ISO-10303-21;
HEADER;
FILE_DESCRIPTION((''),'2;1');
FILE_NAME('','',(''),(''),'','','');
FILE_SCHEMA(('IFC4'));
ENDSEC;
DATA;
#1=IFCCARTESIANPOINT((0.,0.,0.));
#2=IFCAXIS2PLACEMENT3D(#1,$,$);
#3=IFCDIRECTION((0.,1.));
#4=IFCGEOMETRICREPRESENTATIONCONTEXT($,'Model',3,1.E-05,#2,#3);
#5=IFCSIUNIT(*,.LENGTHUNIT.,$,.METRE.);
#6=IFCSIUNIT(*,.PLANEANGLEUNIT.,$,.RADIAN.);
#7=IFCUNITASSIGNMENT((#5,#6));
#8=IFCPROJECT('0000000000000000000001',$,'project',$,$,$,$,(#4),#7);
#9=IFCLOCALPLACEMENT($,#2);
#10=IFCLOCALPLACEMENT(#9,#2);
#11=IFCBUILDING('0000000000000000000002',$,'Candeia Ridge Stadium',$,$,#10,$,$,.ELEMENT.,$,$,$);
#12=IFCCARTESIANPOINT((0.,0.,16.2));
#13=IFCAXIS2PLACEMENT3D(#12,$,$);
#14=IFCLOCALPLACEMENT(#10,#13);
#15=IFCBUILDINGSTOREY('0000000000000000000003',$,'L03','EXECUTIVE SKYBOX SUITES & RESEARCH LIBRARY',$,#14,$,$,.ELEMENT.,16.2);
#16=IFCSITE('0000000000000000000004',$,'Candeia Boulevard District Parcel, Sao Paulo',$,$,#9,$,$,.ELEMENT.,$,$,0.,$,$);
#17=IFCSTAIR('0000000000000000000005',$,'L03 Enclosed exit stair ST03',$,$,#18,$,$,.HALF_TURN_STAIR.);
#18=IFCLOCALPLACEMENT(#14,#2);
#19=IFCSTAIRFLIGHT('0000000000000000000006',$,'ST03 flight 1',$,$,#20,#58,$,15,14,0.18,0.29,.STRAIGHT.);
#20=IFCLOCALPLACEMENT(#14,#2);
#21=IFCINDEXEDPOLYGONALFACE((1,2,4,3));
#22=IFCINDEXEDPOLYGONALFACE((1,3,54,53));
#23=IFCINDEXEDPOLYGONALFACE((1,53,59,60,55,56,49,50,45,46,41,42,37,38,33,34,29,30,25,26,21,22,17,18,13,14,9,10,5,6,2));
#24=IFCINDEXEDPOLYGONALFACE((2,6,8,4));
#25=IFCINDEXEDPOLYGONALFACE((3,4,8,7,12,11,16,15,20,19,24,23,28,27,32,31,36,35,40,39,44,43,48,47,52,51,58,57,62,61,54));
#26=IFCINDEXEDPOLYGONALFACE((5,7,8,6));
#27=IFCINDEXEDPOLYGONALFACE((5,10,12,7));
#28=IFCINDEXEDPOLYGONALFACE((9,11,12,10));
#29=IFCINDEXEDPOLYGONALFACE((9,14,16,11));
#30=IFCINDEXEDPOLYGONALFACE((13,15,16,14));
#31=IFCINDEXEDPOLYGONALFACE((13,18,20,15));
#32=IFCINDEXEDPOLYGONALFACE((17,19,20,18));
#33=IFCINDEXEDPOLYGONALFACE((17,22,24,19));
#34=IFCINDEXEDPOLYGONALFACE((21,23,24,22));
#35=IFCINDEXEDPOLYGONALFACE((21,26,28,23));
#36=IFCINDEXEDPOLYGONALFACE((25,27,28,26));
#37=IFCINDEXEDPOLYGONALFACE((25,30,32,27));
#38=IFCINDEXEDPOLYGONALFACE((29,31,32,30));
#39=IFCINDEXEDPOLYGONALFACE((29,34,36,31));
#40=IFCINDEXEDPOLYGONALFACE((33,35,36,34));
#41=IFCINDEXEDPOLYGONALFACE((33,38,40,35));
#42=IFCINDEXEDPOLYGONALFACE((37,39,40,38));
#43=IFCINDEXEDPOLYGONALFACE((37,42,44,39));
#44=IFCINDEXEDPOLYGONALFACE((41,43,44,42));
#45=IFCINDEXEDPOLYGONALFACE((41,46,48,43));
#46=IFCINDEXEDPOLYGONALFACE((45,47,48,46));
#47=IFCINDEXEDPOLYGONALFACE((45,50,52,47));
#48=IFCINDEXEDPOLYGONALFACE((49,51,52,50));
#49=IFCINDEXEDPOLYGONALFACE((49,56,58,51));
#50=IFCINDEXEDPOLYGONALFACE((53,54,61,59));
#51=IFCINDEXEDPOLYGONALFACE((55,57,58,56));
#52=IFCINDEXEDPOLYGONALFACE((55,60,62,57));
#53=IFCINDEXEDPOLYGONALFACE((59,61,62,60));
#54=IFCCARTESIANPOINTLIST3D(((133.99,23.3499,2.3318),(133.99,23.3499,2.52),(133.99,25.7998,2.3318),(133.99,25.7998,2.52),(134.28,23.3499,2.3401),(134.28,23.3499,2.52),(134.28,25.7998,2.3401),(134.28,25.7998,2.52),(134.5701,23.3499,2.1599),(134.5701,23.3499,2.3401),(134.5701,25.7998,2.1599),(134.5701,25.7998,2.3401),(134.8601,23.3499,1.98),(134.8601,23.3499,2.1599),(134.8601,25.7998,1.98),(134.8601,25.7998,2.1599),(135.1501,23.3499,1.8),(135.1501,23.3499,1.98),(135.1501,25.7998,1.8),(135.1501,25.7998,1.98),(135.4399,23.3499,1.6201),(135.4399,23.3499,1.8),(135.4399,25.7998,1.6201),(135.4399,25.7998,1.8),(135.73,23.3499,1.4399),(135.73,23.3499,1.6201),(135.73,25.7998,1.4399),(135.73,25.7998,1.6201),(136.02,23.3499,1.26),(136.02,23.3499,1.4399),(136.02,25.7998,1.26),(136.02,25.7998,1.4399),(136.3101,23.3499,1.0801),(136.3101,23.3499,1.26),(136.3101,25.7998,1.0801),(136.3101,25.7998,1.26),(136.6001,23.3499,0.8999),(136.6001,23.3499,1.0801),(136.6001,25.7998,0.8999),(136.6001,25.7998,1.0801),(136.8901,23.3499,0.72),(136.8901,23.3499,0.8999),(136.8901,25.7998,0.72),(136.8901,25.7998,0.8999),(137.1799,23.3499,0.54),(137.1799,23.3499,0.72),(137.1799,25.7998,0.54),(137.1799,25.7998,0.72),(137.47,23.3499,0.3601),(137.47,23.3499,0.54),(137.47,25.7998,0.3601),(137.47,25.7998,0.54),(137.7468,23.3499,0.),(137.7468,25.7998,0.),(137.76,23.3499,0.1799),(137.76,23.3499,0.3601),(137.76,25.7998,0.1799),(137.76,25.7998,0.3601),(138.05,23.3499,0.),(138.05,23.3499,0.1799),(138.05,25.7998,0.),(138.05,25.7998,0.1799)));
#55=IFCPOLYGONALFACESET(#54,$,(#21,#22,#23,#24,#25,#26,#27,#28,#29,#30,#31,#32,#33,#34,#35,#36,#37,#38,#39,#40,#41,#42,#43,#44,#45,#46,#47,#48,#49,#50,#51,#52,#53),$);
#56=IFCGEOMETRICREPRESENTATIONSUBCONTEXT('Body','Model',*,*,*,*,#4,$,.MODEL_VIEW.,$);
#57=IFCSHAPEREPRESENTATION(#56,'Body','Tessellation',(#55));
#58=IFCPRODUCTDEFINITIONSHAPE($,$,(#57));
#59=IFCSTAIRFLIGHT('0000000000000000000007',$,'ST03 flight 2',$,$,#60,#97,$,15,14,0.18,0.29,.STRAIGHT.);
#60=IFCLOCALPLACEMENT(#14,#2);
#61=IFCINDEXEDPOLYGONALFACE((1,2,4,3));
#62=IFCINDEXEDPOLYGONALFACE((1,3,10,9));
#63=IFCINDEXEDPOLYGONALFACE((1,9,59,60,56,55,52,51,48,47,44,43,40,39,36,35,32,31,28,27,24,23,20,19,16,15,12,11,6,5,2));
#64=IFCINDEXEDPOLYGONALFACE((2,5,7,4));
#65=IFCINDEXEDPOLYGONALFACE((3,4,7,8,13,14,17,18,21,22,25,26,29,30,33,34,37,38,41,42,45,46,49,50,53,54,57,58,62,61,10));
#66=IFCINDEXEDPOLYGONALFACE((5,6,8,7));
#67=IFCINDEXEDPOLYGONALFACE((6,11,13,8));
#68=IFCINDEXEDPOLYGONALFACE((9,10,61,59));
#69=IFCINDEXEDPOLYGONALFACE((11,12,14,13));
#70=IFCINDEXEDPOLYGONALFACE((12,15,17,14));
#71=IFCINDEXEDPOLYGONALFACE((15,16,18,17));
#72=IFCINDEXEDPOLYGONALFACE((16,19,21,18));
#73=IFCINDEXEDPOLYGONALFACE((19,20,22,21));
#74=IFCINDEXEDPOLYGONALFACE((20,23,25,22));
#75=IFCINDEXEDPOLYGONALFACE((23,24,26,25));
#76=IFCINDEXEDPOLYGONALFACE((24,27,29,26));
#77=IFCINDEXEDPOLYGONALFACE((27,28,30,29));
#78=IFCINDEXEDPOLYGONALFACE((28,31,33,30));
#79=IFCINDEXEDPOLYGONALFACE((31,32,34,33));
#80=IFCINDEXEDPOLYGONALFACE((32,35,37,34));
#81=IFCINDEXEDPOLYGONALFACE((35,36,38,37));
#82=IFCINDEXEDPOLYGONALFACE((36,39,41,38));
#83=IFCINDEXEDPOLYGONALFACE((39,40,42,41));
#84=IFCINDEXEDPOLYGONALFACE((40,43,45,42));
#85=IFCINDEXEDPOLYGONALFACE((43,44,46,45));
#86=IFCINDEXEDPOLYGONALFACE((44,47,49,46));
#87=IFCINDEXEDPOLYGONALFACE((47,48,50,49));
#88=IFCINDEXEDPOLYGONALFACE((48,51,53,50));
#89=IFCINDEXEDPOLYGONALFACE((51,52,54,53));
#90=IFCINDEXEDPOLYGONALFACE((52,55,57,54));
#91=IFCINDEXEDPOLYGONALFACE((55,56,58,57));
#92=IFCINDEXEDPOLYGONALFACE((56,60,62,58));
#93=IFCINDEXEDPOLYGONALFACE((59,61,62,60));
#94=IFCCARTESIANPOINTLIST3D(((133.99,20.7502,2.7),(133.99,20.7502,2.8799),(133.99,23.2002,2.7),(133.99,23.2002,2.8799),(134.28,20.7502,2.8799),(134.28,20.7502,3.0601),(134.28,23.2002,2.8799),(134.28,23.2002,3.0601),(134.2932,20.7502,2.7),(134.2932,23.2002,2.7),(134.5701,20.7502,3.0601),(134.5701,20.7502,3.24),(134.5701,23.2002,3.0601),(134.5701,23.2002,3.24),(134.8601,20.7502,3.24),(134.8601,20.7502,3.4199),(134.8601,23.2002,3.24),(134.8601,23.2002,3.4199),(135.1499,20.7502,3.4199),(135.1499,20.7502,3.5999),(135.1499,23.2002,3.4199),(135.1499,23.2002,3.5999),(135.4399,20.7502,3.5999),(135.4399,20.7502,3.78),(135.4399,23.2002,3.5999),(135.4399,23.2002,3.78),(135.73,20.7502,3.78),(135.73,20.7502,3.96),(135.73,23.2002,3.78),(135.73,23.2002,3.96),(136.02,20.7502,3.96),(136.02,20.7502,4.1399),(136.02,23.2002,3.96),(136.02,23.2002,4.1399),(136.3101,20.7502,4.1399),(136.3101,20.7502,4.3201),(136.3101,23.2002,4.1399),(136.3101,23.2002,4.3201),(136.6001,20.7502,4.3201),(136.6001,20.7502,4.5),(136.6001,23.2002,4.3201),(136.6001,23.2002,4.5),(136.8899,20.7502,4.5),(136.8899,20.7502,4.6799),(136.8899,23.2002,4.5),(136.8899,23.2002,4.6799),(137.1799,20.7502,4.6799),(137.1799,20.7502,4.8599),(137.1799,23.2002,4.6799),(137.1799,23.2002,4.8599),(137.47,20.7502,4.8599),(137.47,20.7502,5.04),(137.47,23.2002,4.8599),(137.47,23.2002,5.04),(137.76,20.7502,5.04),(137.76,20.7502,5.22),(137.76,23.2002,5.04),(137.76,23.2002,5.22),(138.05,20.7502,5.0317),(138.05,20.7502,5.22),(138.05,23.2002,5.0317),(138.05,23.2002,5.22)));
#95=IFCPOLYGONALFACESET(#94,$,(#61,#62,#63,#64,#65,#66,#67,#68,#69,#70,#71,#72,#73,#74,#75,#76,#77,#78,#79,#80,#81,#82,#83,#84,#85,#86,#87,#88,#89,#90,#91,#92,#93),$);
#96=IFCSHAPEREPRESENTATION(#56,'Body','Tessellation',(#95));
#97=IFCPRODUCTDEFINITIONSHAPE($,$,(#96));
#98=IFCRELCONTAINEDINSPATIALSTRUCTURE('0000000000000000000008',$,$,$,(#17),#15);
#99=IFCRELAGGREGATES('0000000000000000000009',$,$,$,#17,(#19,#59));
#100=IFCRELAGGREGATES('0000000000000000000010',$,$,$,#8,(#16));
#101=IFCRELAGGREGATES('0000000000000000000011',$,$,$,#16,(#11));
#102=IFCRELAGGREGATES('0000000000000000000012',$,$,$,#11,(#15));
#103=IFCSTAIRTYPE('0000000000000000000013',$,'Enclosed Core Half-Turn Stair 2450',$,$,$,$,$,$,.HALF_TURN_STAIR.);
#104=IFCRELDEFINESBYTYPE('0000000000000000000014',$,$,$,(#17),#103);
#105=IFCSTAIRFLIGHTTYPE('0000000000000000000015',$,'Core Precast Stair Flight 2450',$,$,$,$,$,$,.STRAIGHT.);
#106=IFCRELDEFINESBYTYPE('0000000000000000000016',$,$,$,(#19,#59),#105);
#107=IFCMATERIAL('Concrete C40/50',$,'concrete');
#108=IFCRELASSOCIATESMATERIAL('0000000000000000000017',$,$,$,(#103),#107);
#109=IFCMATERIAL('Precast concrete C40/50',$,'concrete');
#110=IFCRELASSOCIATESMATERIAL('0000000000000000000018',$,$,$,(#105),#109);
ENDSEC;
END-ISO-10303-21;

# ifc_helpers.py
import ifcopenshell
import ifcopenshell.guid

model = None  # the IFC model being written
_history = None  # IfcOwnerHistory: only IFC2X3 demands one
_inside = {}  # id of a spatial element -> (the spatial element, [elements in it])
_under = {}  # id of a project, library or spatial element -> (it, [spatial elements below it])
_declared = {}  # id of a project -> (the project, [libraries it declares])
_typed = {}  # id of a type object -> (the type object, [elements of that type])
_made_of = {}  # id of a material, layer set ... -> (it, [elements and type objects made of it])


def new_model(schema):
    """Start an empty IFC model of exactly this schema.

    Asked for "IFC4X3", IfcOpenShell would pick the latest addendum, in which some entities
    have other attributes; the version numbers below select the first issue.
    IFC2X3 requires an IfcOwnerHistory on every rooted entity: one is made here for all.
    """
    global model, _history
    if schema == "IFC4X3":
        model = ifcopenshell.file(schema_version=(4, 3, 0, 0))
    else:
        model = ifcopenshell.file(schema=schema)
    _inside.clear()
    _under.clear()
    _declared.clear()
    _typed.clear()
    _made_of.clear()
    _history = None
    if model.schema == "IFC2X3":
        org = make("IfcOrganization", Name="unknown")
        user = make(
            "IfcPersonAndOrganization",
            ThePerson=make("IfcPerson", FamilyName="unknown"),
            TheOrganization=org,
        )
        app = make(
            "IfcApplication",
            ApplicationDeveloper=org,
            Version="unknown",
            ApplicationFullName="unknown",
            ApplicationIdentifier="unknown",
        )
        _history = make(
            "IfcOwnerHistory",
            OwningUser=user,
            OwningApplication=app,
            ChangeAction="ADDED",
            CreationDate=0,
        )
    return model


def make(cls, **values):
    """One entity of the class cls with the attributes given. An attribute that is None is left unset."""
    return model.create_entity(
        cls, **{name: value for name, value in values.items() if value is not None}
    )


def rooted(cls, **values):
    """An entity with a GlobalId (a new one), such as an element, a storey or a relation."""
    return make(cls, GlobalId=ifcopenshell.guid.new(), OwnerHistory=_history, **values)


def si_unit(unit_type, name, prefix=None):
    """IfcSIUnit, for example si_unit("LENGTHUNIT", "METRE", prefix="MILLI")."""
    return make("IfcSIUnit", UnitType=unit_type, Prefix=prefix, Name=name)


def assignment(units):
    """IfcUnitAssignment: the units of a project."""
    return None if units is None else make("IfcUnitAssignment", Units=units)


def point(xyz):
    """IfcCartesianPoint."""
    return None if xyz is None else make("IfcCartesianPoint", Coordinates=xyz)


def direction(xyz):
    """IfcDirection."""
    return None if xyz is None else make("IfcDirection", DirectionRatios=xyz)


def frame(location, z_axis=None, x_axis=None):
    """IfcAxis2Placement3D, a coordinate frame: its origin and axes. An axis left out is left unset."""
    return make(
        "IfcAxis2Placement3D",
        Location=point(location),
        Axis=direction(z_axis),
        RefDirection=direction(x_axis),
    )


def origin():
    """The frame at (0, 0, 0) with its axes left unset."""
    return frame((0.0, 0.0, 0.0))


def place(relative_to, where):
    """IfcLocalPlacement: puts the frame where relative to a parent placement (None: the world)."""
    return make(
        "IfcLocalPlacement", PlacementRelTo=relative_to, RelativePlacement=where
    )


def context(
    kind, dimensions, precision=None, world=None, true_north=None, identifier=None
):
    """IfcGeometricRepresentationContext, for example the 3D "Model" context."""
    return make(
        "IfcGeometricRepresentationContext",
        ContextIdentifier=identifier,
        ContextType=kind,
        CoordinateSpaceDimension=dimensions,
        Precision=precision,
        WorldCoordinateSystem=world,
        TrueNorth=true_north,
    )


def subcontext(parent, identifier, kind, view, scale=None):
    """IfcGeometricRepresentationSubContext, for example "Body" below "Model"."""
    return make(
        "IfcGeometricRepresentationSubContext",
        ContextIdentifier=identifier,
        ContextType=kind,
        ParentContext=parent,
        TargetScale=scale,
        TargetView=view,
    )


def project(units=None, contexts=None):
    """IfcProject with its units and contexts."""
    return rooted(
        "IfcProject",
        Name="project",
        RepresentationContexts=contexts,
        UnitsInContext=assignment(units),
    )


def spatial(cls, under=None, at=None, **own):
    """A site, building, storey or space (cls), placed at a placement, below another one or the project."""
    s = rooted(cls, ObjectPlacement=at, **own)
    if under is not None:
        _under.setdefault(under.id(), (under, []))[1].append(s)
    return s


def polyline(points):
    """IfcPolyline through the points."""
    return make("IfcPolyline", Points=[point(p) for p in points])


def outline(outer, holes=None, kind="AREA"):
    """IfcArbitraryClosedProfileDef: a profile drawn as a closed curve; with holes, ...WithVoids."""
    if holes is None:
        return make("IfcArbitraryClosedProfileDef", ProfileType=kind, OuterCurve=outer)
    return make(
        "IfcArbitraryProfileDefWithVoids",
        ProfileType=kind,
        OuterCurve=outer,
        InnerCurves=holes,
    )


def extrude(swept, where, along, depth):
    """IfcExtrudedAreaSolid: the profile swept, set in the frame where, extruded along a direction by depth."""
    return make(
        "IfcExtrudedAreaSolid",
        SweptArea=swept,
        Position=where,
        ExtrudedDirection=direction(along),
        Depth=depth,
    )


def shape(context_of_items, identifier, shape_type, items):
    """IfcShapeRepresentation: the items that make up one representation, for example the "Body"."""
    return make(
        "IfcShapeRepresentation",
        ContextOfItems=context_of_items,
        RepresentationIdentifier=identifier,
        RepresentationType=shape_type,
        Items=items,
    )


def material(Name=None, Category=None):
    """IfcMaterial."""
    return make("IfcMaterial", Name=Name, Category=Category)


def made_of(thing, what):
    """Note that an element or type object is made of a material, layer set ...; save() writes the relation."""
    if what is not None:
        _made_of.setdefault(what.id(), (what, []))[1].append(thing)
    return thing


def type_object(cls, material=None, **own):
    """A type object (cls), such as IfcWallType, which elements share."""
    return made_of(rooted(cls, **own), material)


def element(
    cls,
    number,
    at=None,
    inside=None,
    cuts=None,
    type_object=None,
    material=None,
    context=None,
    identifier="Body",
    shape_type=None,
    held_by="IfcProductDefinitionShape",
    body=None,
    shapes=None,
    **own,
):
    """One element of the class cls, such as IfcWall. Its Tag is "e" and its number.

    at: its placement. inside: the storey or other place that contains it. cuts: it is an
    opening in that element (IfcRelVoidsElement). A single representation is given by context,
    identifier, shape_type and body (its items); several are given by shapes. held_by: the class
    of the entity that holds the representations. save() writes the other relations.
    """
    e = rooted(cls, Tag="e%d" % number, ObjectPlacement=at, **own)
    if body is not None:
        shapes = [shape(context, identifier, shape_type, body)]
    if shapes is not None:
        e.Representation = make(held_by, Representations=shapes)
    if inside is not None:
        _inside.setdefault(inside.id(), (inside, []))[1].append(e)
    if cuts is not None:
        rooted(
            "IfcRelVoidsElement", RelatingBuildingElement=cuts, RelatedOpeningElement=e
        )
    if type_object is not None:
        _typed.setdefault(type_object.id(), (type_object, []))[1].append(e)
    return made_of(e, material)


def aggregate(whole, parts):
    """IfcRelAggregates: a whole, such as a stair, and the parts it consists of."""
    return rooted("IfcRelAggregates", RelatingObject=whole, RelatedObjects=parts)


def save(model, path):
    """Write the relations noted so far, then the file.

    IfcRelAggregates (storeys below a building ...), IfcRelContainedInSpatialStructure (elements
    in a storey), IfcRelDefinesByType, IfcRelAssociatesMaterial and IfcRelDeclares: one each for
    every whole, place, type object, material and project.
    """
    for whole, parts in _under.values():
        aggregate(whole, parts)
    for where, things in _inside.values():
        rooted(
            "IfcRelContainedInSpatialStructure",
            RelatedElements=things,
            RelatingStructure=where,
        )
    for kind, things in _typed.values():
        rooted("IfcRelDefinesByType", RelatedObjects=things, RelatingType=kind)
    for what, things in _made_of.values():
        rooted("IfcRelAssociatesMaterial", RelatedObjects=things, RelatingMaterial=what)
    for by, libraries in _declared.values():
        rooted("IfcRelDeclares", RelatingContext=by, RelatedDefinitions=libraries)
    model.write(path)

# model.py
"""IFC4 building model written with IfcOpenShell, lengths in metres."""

from ifc_helpers import new_model, si_unit, direction, frame, origin, place, context, subcontext, project, spatial, polyline, outline, extrude, material, type_object, element, aggregate, save


model = new_model("IFC4")

# Units and contexts
model_context = context("Model", 3, precision=1e-05, world=origin(), true_north=direction((0.0, 1.0)))
body_context = subcontext(model_context, "Body", "Model", "MODEL_VIEW")
ifc_project = project(units=[si_unit("LENGTHUNIT", "METRE"), si_unit("PLANEANGLEUNIT", "RADIAN")], contexts=[model_context])

# Site, building, storey
site_placement = place(None, origin())
site = spatial("IfcSite", under=ifc_project, at=site_placement, Name="Candeia Boulevard District Parcel, Sao Paulo", CompositionType="ELEMENT", RefElevation=0.0)
building_placement = place(site_placement, origin())
building = spatial("IfcBuilding", under=site, at=building_placement, Name="Candeia Ridge Stadium", CompositionType="ELEMENT")
storey_placement = place(building_placement, frame((0.0, 0.0, 16.2)))
storey = spatial("IfcBuildingStorey", under=building, at=storey_placement, Name="L03", Description="EXECUTIVE SKYBOX SUITES & RESEARCH LIBRARY", CompositionType="ELEMENT", Elevation=16.2)

# Shared definitions
ifc_material_1 = material(Name="Concrete C40/50", Category="concrete")

# Stair, stair flights
stair_type = type_object("IfcStairType", Name="Enclosed Core Half-Turn Stair 2450", PredefinedType="HALF_TURN_STAIR", material=ifc_material_1)
stair_placement = place(storey_placement, origin())
stair = element("IfcStair", 1, at=stair_placement, inside=storey, type_object=stair_type, Name="L03 Enclosed exit stair ST03", PredefinedType="HALF_TURN_STAIR")
ifc_material_2 = material(Name="Precast concrete C40/50", Category="concrete")
stair_flight_type = type_object("IfcStairFlightType", Name="Core Precast Stair Flight 2450", PredefinedType="STRAIGHT", material=ifc_material_2)
stair_flight_1_placement = place(storey_placement, frame((138.05, 24.575, 0.0), z_axis=(0.0, 0.0, 1.0), x_axis=(-1.0, 0.0, 0.0)))
stair_flight_1 = element("IfcStairFlight", 2, at=stair_flight_1_placement, type_object=stair_flight_type, Name="ST03 flight 1", NumberOfRisers=15, NumberOfTreads=14, PredefinedType="STRAIGHT", RiserHeight=0.18, TreadLength=0.29, context=body_context, shape_type="SweptSolid", body=[
    extrude(outline(polyline([(0.0, 0.0), (0.0, 0.1799), (0.29, 0.1799), (0.29, 0.3601), (0.5801, 0.3601), (0.5801, 0.54), (0.8701, 0.54), (0.8701, 0.72), (1.1599, 0.72), (1.1599, 0.8999), (1.45, 0.8999), (1.45, 1.0801), (1.74, 1.0801), (1.74, 1.26), (2.03, 1.26), (2.03, 1.4399), (2.3201, 1.4399), (2.3201, 1.6201), (2.6101, 1.6201), (2.6101, 1.8), (2.8999, 1.8), (2.8999, 1.98), (3.1899, 1.98), (3.1899, 2.1599), (3.48, 2.1599), (3.48, 2.3401), (3.77, 2.3401), (3.77, 2.52), (4.0601, 2.52), (4.0601, 2.7), (4.0601, 2.3318), (0.3032, 0.0), (0.0, 0.0)])), frame((0.0, 1.2251, 0.0), z_axis=(0.0, -1.0, 0.0), x_axis=(1.0, 0.0, 0.0)), (0.0, 0.0, 1.0), 2.45),
])
stair_flight_2_placement = place(storey_placement, frame((133.99, 21.9751, 2.7), z_axis=(0.0, 0.0, 1.0), x_axis=(1.0, 0.0, 0.0)))
stair_flight_2 = element("IfcStairFlight", 3, at=stair_flight_2_placement, type_object=stair_flight_type, Name="ST03 flight 2", NumberOfRisers=15, NumberOfTreads=14, PredefinedType="STRAIGHT", RiserHeight=0.18, TreadLength=0.29, context=body_context, shape_type="SweptSolid", body=[
    extrude(outline(polyline([(0.0, 0.0), (0.0, 0.1799), (0.29, 0.1799), (0.29, 0.3601), (0.5801, 0.3601), (0.5801, 0.54), (0.8701, 0.54), (0.8701, 0.72), (1.1599, 0.72), (1.1599, 0.8999), (1.45, 0.8999), (1.45, 1.0801), (1.74, 1.0801), (1.74, 1.26), (2.03, 1.26), (2.03, 1.4399), (2.3201, 1.4399), (2.3201, 1.6201), (2.6101, 1.6201), (2.6101, 1.8), (2.8999, 1.8), (2.8999, 1.98), (3.1899, 1.98), (3.1899, 2.1599), (3.48, 2.1599), (3.48, 2.3401), (3.77, 2.3401), (3.77, 2.52), (4.0601, 2.52), (4.0601, 2.7), (4.0601, 2.3318), (0.3032, 0.0), (0.0, 0.0)])), frame((0.0, 1.2251, 0.0), z_axis=(0.0, -1.0, 0.0), x_axis=(1.0, 0.0, 0.0)), (0.0, 0.0, 1.0), 2.45),
])
aggregate(stair, [stair_flight_1, stair_flight_2])

save(model, "model.ifc")
